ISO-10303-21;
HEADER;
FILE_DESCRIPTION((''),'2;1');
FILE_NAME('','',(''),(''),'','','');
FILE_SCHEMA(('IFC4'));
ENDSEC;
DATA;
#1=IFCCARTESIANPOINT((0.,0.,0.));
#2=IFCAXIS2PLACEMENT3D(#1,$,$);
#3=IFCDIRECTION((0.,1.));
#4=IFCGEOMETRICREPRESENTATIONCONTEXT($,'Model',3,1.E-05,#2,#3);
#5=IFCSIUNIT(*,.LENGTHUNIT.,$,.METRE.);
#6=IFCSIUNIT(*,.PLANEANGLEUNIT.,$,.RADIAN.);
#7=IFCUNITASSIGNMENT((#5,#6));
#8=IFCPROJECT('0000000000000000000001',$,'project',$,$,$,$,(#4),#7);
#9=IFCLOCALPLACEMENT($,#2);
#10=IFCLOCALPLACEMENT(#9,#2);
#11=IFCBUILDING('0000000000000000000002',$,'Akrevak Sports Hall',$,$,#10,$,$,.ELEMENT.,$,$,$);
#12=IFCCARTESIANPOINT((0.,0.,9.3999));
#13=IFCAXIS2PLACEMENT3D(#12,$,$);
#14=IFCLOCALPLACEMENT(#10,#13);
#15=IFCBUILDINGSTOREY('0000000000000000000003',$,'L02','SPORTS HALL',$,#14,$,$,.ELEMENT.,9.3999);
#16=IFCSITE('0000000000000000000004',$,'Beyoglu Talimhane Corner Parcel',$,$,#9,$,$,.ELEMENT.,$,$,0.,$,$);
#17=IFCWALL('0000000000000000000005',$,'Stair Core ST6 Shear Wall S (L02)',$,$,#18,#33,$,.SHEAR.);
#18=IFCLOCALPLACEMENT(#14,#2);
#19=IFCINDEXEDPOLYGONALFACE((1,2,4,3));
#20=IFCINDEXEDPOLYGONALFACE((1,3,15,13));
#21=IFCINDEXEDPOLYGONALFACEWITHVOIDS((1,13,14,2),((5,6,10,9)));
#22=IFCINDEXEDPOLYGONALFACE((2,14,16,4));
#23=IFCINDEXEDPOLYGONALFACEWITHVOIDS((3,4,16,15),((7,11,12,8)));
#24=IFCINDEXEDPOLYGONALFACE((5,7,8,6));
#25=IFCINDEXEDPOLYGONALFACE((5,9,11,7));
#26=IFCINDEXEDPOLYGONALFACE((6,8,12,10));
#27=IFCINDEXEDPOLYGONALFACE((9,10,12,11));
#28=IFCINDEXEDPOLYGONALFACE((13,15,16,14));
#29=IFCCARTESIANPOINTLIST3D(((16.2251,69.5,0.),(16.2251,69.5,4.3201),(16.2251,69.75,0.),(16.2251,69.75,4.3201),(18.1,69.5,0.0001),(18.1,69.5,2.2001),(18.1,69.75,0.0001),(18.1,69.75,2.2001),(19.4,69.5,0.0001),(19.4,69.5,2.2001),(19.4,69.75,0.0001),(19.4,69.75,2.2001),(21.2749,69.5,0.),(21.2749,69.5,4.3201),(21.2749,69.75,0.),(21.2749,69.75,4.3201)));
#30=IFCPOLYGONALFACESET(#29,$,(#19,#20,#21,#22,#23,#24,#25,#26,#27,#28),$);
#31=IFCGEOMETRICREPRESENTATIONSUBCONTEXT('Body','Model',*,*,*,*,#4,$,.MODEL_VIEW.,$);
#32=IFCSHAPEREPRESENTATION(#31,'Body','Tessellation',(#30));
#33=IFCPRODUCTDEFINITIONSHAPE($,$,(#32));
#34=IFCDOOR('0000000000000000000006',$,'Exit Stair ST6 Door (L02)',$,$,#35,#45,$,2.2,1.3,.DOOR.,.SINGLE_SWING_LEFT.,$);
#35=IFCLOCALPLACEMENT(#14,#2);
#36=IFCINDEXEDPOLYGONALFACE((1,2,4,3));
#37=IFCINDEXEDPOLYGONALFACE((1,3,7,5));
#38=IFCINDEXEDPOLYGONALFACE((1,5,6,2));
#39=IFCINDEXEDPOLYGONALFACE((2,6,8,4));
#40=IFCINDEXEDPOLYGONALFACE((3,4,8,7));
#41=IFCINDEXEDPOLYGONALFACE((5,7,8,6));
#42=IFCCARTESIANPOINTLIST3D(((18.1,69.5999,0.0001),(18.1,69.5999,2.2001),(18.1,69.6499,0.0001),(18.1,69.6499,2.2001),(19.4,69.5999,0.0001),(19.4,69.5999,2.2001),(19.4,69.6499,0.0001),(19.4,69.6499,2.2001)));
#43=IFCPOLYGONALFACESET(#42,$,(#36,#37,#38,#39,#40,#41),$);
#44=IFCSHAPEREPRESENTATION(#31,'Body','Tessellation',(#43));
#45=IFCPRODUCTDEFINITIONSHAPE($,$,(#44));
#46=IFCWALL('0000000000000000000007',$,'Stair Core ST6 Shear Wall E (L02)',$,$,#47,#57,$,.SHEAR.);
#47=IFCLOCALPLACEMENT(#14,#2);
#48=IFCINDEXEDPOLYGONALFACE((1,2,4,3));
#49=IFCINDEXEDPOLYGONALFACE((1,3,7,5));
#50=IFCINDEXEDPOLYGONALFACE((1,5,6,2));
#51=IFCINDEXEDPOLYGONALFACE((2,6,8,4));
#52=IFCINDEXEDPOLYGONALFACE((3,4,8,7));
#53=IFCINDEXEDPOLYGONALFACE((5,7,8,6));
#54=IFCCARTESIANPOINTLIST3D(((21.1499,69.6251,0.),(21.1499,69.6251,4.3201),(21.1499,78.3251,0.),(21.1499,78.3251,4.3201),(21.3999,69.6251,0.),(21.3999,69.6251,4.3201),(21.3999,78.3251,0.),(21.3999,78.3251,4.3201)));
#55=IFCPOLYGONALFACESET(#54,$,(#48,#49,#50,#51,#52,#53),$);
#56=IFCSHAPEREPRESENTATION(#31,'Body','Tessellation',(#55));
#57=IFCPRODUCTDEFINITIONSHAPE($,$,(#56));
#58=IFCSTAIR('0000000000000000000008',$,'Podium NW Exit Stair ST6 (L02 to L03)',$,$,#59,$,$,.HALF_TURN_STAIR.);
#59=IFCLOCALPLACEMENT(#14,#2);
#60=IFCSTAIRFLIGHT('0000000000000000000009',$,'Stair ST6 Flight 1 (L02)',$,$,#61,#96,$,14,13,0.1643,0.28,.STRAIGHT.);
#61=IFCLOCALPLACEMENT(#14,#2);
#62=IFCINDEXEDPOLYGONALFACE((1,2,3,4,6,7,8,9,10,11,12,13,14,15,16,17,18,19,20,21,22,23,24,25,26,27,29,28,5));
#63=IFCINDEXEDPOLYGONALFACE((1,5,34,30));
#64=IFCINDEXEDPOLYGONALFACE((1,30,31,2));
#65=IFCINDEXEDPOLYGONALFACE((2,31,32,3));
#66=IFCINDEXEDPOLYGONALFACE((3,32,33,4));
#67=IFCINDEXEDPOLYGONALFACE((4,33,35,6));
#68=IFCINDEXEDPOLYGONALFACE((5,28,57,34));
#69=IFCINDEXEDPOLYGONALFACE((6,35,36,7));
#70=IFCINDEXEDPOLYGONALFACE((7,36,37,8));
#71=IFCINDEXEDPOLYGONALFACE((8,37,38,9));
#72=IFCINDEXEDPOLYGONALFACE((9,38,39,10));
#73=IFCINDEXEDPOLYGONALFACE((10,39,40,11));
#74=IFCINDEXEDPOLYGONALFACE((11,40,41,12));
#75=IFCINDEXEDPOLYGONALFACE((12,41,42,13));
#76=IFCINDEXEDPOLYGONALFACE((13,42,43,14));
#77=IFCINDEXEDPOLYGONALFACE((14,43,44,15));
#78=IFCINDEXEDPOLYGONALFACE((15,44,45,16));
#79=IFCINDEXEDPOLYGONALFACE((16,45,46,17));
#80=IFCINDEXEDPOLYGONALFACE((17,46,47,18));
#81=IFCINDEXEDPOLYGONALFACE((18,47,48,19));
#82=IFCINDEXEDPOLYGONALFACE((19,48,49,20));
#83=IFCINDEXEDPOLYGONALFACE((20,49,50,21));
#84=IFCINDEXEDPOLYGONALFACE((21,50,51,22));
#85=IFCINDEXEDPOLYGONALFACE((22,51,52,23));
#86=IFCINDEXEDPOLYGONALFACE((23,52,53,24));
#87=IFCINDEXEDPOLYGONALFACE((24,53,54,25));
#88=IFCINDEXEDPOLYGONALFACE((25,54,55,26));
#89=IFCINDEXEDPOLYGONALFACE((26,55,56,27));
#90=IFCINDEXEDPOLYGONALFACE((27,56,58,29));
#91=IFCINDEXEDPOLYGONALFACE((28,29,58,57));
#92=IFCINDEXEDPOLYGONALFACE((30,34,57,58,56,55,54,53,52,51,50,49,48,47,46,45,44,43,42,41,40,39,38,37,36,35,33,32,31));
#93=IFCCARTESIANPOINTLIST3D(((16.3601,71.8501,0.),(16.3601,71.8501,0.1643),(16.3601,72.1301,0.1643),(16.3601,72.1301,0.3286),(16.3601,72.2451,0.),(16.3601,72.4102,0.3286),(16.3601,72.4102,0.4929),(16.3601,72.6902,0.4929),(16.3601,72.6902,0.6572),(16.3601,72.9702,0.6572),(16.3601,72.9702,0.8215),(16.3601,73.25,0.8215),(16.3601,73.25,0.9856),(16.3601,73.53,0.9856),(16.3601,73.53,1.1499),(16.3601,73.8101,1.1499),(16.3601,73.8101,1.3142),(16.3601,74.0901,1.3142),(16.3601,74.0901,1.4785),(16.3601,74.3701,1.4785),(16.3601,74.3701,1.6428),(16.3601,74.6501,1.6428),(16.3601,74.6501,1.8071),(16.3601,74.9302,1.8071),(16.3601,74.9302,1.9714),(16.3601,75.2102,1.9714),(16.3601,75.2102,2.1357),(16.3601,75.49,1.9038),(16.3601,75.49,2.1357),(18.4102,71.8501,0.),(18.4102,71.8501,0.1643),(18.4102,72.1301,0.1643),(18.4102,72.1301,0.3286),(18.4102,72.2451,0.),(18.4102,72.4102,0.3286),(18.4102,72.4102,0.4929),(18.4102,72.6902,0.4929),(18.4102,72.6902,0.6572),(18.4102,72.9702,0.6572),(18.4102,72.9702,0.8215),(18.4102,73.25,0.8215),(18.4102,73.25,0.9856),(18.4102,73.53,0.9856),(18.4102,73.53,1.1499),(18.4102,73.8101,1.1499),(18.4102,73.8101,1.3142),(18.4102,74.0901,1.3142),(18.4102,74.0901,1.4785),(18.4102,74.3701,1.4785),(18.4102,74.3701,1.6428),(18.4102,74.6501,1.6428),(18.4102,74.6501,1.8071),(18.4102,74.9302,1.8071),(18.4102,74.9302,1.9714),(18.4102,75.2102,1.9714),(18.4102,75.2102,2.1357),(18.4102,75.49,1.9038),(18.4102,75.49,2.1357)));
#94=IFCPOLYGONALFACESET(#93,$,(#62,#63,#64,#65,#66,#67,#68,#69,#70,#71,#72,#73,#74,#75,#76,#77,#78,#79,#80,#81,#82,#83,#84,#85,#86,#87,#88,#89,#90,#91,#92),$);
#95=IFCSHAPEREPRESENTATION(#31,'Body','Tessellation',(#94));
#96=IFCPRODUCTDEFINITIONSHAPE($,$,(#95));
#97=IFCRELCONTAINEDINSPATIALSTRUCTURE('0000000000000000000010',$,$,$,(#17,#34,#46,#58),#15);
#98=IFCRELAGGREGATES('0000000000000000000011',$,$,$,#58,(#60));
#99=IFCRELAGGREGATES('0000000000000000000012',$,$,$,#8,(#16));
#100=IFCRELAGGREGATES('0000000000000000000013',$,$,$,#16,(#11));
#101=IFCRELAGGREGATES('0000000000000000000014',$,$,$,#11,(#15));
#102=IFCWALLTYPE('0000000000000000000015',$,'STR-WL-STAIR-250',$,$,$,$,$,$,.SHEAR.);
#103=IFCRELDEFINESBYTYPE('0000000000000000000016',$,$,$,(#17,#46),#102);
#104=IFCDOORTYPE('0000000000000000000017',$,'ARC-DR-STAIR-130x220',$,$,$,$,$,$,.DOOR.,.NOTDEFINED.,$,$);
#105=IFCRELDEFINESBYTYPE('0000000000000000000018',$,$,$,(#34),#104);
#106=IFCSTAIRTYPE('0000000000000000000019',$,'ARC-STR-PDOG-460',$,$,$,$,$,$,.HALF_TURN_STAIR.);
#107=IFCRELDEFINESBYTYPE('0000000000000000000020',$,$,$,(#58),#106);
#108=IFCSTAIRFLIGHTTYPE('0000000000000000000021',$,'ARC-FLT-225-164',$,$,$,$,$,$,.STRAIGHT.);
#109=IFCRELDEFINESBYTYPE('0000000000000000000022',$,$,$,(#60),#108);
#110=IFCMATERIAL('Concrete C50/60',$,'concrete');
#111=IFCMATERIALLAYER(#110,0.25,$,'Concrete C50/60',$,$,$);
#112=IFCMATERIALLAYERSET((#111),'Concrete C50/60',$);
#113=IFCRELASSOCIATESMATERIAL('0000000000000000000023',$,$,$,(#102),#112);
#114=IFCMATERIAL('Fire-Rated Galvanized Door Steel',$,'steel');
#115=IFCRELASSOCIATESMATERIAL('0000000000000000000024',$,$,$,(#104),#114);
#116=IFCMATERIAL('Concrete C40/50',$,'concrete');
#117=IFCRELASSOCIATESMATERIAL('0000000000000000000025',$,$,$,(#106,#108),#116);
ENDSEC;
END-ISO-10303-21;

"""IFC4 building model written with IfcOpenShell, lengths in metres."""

from ifc_helpers import new_model, si_unit, direction, frame, frame_2d, origin, place, context, subcontext, project, spatial, polyline, rectangle, outline, extrude, material, layer, layer_set, type_object, element, fill, aggregate, save


model = new_model("IFC4")

# Units and contexts
model_context = context("Model", 3, precision=1e-05, world=origin(), true_north=direction((0.0, 1.0)))
body_context = subcontext(model_context, "Body", "Model", "MODEL_VIEW")
ifc_project = project(units=[si_unit("LENGTHUNIT", "METRE"), si_unit("PLANEANGLEUNIT", "RADIAN")], contexts=[model_context])

# Site, building, storey
site_placement = place(None, origin())
site = spatial("IfcSite", under=ifc_project, at=site_placement, Name="Beyoglu Talimhane Corner Parcel", CompositionType="ELEMENT", RefElevation=0.0)
building_placement = place(site_placement, origin())
building = spatial("IfcBuilding", under=site, at=building_placement, Name="Akrevak Sports Hall", CompositionType="ELEMENT")
storey_placement = place(building_placement, frame((0.0, 0.0, 9.3999)))
storey = spatial("IfcBuildingStorey", under=building, at=storey_placement, Name="L02", Description="SPORTS HALL", CompositionType="ELEMENT", Elevation=9.3999)

# Shared definitions
ifc_material_1 = material(Name="Concrete C40/50", Category="concrete")

# Shared definitions
ifc_material_2 = material(Name="Concrete C50/60", Category="concrete")

# Wall, opening, door
ifc_layer_1 = layer(ifc_material_2, 0.25, Name="Concrete C50/60")
ifc_layer_set_1 = layer_set([ifc_layer_1], Name="Concrete C50/60")
wall_type_1 = type_object("IfcWallType", Name="STR-WL-STAIR-250", PredefinedType="SHEAR", material=ifc_layer_set_1)
wall_1_placement = place(storey_placement, frame((16.2251, 69.625, 0.0), z_axis=(0.0, 0.0, 1.0), x_axis=(1.0, 0.0, 0.0)))
wall_1 = element("IfcWall", 1, at=wall_1_placement, inside=storey, type_object=wall_type_1, Name="Stair Core ST6 Shear Wall S (L02)", PredefinedType="SHEAR", context=body_context, shape_type="SweptSolid", body=[
    extrude(rectangle(XDim=5.0498, YDim=0.25, at=frame_2d((2.5249, 0.0))), origin(), (0.0, 0.0, 1.0), 4.3201),
])
opening_1_placement = place(wall_1_placement, frame((1.875, 0.0, 0.0)))
opening_1 = element("IfcOpeningElement", 2, at=opening_1_placement, cuts=wall_1, PredefinedType="OPENING", context=body_context, shape_type="SweptSolid", body=[
    extrude(rectangle(XDim=1.3, YDim=2.2, at=frame_2d((0.6499, 1.1001))), frame((0.0, 0.137, 0.0), z_axis=(0.0, -1.0, 0.0), x_axis=(1.0, 0.0, 0.0)), (0.0, 0.0, 1.0), 0.2739),
])
ifc_material_3 = material(Name="Fire-Rated Galvanized Door Steel", Category="steel")
door_type_1 = type_object("IfcDoorType", Name="ARC-DR-STAIR-130x220", OperationType="NOTDEFINED", PredefinedType="DOOR", material=ifc_material_3)
door_1_placement = place(opening_1_placement, origin())
door_1 = element("IfcDoor", 3, at=door_1_placement, inside=storey, type_object=door_type_1, Name="Exit Stair ST6 Door (L02)", OperationType="SINGLE_SWING_LEFT", OverallHeight=2.2, OverallWidth=1.3, PredefinedType="DOOR", context=body_context, shape_type="SweptSolid", body=[
    extrude(rectangle(XDim=1.3, YDim=2.2, at=frame_2d((0.6499, 1.1001))), frame((0.0, 0.0249, 0.0), z_axis=(0.0, -1.0, 0.0), x_axis=(1.0, 0.0, 0.0)), (0.0, 0.0, 1.0), 0.05),
])
fill(opening_1, door_1)

# Wall
wall_2_placement = place(storey_placement, frame((21.2749, 69.625, 0.0), z_axis=(0.0, 0.0, 1.0), x_axis=(0.0, 1.0, 0.0)))
element("IfcWall", 4, at=wall_2_placement, inside=storey, type_object=wall_type_1, Name="Stair Core ST6 Shear Wall E (L02)", PredefinedType="SHEAR", context=body_context, shape_type="SweptSolid", body=[
    extrude(rectangle(XDim=8.7, YDim=0.25, at=frame_2d((4.3501, 0.0))), origin(), (0.0, 0.0, 1.0), 4.3201),
])

# Stair, stair flight
stair_type = type_object("IfcStairType", Name="ARC-STR-PDOG-460", PredefinedType="HALF_TURN_STAIR", material=ifc_material_1)
stair_placement = place(storey_placement, origin())
stair = element("IfcStair", 5, at=stair_placement, inside=storey, type_object=stair_type, Name="Podium NW Exit Stair ST6 (L02 to L03)", PredefinedType="HALF_TURN_STAIR")
stair_flight_type = type_object("IfcStairFlightType", Name="ARC-FLT-225-164", PredefinedType="STRAIGHT", material=ifc_material_1)
stair_flight_placement = place(storey_placement, frame((17.385, 71.8501, 0.0), z_axis=(0.0, 0.0, 1.0), x_axis=(0.0, 1.0, 0.0)))
stair_flight = element("IfcStairFlight", 6, at=stair_flight_placement, type_object=stair_flight_type, Name="Stair ST6 Flight 1 (L02)", NumberOfRisers=14, NumberOfTreads=13, PredefinedType="STRAIGHT", RiserHeight=0.1643, TreadLength=0.28, context=body_context, shape_type="SweptSolid", body=[
    extrude(outline(polyline([(0.0, 0.0), (0.0, 0.1643), (0.28, 0.1643), (0.28, 0.3286), (0.5601, 0.3286), (0.5601, 0.4929), (0.8401, 0.4929), (0.8401, 0.6572), (1.1201, 0.6572), (1.1201, 0.8215), (1.3999, 0.8215), (1.3999, 0.9856), (1.6799, 0.9856), (1.6799, 1.1499), (1.96, 1.1499), (1.96, 1.3142), (2.24, 1.3142), (2.24, 1.4785), (2.52, 1.4785), (2.52, 1.6428), (2.8, 1.6428), (2.8, 1.8071), (3.0801, 1.8071), (3.0801, 1.9714), (3.3601, 1.9714), (3.3601, 2.1357), (3.6399, 2.1357), (3.6399, 2.3), (3.6399, 1.9038), (0.395, 0.0), (0.0, 0.0)])), frame((0.0, 1.0249, 0.0), z_axis=(0.0, -1.0, 0.0), x_axis=(1.0, 0.0, 0.0)), (0.0, 0.0, 1.0), 2.05),
])
aggregate(stair, [stair_flight])

save(model, "model.ifc")
